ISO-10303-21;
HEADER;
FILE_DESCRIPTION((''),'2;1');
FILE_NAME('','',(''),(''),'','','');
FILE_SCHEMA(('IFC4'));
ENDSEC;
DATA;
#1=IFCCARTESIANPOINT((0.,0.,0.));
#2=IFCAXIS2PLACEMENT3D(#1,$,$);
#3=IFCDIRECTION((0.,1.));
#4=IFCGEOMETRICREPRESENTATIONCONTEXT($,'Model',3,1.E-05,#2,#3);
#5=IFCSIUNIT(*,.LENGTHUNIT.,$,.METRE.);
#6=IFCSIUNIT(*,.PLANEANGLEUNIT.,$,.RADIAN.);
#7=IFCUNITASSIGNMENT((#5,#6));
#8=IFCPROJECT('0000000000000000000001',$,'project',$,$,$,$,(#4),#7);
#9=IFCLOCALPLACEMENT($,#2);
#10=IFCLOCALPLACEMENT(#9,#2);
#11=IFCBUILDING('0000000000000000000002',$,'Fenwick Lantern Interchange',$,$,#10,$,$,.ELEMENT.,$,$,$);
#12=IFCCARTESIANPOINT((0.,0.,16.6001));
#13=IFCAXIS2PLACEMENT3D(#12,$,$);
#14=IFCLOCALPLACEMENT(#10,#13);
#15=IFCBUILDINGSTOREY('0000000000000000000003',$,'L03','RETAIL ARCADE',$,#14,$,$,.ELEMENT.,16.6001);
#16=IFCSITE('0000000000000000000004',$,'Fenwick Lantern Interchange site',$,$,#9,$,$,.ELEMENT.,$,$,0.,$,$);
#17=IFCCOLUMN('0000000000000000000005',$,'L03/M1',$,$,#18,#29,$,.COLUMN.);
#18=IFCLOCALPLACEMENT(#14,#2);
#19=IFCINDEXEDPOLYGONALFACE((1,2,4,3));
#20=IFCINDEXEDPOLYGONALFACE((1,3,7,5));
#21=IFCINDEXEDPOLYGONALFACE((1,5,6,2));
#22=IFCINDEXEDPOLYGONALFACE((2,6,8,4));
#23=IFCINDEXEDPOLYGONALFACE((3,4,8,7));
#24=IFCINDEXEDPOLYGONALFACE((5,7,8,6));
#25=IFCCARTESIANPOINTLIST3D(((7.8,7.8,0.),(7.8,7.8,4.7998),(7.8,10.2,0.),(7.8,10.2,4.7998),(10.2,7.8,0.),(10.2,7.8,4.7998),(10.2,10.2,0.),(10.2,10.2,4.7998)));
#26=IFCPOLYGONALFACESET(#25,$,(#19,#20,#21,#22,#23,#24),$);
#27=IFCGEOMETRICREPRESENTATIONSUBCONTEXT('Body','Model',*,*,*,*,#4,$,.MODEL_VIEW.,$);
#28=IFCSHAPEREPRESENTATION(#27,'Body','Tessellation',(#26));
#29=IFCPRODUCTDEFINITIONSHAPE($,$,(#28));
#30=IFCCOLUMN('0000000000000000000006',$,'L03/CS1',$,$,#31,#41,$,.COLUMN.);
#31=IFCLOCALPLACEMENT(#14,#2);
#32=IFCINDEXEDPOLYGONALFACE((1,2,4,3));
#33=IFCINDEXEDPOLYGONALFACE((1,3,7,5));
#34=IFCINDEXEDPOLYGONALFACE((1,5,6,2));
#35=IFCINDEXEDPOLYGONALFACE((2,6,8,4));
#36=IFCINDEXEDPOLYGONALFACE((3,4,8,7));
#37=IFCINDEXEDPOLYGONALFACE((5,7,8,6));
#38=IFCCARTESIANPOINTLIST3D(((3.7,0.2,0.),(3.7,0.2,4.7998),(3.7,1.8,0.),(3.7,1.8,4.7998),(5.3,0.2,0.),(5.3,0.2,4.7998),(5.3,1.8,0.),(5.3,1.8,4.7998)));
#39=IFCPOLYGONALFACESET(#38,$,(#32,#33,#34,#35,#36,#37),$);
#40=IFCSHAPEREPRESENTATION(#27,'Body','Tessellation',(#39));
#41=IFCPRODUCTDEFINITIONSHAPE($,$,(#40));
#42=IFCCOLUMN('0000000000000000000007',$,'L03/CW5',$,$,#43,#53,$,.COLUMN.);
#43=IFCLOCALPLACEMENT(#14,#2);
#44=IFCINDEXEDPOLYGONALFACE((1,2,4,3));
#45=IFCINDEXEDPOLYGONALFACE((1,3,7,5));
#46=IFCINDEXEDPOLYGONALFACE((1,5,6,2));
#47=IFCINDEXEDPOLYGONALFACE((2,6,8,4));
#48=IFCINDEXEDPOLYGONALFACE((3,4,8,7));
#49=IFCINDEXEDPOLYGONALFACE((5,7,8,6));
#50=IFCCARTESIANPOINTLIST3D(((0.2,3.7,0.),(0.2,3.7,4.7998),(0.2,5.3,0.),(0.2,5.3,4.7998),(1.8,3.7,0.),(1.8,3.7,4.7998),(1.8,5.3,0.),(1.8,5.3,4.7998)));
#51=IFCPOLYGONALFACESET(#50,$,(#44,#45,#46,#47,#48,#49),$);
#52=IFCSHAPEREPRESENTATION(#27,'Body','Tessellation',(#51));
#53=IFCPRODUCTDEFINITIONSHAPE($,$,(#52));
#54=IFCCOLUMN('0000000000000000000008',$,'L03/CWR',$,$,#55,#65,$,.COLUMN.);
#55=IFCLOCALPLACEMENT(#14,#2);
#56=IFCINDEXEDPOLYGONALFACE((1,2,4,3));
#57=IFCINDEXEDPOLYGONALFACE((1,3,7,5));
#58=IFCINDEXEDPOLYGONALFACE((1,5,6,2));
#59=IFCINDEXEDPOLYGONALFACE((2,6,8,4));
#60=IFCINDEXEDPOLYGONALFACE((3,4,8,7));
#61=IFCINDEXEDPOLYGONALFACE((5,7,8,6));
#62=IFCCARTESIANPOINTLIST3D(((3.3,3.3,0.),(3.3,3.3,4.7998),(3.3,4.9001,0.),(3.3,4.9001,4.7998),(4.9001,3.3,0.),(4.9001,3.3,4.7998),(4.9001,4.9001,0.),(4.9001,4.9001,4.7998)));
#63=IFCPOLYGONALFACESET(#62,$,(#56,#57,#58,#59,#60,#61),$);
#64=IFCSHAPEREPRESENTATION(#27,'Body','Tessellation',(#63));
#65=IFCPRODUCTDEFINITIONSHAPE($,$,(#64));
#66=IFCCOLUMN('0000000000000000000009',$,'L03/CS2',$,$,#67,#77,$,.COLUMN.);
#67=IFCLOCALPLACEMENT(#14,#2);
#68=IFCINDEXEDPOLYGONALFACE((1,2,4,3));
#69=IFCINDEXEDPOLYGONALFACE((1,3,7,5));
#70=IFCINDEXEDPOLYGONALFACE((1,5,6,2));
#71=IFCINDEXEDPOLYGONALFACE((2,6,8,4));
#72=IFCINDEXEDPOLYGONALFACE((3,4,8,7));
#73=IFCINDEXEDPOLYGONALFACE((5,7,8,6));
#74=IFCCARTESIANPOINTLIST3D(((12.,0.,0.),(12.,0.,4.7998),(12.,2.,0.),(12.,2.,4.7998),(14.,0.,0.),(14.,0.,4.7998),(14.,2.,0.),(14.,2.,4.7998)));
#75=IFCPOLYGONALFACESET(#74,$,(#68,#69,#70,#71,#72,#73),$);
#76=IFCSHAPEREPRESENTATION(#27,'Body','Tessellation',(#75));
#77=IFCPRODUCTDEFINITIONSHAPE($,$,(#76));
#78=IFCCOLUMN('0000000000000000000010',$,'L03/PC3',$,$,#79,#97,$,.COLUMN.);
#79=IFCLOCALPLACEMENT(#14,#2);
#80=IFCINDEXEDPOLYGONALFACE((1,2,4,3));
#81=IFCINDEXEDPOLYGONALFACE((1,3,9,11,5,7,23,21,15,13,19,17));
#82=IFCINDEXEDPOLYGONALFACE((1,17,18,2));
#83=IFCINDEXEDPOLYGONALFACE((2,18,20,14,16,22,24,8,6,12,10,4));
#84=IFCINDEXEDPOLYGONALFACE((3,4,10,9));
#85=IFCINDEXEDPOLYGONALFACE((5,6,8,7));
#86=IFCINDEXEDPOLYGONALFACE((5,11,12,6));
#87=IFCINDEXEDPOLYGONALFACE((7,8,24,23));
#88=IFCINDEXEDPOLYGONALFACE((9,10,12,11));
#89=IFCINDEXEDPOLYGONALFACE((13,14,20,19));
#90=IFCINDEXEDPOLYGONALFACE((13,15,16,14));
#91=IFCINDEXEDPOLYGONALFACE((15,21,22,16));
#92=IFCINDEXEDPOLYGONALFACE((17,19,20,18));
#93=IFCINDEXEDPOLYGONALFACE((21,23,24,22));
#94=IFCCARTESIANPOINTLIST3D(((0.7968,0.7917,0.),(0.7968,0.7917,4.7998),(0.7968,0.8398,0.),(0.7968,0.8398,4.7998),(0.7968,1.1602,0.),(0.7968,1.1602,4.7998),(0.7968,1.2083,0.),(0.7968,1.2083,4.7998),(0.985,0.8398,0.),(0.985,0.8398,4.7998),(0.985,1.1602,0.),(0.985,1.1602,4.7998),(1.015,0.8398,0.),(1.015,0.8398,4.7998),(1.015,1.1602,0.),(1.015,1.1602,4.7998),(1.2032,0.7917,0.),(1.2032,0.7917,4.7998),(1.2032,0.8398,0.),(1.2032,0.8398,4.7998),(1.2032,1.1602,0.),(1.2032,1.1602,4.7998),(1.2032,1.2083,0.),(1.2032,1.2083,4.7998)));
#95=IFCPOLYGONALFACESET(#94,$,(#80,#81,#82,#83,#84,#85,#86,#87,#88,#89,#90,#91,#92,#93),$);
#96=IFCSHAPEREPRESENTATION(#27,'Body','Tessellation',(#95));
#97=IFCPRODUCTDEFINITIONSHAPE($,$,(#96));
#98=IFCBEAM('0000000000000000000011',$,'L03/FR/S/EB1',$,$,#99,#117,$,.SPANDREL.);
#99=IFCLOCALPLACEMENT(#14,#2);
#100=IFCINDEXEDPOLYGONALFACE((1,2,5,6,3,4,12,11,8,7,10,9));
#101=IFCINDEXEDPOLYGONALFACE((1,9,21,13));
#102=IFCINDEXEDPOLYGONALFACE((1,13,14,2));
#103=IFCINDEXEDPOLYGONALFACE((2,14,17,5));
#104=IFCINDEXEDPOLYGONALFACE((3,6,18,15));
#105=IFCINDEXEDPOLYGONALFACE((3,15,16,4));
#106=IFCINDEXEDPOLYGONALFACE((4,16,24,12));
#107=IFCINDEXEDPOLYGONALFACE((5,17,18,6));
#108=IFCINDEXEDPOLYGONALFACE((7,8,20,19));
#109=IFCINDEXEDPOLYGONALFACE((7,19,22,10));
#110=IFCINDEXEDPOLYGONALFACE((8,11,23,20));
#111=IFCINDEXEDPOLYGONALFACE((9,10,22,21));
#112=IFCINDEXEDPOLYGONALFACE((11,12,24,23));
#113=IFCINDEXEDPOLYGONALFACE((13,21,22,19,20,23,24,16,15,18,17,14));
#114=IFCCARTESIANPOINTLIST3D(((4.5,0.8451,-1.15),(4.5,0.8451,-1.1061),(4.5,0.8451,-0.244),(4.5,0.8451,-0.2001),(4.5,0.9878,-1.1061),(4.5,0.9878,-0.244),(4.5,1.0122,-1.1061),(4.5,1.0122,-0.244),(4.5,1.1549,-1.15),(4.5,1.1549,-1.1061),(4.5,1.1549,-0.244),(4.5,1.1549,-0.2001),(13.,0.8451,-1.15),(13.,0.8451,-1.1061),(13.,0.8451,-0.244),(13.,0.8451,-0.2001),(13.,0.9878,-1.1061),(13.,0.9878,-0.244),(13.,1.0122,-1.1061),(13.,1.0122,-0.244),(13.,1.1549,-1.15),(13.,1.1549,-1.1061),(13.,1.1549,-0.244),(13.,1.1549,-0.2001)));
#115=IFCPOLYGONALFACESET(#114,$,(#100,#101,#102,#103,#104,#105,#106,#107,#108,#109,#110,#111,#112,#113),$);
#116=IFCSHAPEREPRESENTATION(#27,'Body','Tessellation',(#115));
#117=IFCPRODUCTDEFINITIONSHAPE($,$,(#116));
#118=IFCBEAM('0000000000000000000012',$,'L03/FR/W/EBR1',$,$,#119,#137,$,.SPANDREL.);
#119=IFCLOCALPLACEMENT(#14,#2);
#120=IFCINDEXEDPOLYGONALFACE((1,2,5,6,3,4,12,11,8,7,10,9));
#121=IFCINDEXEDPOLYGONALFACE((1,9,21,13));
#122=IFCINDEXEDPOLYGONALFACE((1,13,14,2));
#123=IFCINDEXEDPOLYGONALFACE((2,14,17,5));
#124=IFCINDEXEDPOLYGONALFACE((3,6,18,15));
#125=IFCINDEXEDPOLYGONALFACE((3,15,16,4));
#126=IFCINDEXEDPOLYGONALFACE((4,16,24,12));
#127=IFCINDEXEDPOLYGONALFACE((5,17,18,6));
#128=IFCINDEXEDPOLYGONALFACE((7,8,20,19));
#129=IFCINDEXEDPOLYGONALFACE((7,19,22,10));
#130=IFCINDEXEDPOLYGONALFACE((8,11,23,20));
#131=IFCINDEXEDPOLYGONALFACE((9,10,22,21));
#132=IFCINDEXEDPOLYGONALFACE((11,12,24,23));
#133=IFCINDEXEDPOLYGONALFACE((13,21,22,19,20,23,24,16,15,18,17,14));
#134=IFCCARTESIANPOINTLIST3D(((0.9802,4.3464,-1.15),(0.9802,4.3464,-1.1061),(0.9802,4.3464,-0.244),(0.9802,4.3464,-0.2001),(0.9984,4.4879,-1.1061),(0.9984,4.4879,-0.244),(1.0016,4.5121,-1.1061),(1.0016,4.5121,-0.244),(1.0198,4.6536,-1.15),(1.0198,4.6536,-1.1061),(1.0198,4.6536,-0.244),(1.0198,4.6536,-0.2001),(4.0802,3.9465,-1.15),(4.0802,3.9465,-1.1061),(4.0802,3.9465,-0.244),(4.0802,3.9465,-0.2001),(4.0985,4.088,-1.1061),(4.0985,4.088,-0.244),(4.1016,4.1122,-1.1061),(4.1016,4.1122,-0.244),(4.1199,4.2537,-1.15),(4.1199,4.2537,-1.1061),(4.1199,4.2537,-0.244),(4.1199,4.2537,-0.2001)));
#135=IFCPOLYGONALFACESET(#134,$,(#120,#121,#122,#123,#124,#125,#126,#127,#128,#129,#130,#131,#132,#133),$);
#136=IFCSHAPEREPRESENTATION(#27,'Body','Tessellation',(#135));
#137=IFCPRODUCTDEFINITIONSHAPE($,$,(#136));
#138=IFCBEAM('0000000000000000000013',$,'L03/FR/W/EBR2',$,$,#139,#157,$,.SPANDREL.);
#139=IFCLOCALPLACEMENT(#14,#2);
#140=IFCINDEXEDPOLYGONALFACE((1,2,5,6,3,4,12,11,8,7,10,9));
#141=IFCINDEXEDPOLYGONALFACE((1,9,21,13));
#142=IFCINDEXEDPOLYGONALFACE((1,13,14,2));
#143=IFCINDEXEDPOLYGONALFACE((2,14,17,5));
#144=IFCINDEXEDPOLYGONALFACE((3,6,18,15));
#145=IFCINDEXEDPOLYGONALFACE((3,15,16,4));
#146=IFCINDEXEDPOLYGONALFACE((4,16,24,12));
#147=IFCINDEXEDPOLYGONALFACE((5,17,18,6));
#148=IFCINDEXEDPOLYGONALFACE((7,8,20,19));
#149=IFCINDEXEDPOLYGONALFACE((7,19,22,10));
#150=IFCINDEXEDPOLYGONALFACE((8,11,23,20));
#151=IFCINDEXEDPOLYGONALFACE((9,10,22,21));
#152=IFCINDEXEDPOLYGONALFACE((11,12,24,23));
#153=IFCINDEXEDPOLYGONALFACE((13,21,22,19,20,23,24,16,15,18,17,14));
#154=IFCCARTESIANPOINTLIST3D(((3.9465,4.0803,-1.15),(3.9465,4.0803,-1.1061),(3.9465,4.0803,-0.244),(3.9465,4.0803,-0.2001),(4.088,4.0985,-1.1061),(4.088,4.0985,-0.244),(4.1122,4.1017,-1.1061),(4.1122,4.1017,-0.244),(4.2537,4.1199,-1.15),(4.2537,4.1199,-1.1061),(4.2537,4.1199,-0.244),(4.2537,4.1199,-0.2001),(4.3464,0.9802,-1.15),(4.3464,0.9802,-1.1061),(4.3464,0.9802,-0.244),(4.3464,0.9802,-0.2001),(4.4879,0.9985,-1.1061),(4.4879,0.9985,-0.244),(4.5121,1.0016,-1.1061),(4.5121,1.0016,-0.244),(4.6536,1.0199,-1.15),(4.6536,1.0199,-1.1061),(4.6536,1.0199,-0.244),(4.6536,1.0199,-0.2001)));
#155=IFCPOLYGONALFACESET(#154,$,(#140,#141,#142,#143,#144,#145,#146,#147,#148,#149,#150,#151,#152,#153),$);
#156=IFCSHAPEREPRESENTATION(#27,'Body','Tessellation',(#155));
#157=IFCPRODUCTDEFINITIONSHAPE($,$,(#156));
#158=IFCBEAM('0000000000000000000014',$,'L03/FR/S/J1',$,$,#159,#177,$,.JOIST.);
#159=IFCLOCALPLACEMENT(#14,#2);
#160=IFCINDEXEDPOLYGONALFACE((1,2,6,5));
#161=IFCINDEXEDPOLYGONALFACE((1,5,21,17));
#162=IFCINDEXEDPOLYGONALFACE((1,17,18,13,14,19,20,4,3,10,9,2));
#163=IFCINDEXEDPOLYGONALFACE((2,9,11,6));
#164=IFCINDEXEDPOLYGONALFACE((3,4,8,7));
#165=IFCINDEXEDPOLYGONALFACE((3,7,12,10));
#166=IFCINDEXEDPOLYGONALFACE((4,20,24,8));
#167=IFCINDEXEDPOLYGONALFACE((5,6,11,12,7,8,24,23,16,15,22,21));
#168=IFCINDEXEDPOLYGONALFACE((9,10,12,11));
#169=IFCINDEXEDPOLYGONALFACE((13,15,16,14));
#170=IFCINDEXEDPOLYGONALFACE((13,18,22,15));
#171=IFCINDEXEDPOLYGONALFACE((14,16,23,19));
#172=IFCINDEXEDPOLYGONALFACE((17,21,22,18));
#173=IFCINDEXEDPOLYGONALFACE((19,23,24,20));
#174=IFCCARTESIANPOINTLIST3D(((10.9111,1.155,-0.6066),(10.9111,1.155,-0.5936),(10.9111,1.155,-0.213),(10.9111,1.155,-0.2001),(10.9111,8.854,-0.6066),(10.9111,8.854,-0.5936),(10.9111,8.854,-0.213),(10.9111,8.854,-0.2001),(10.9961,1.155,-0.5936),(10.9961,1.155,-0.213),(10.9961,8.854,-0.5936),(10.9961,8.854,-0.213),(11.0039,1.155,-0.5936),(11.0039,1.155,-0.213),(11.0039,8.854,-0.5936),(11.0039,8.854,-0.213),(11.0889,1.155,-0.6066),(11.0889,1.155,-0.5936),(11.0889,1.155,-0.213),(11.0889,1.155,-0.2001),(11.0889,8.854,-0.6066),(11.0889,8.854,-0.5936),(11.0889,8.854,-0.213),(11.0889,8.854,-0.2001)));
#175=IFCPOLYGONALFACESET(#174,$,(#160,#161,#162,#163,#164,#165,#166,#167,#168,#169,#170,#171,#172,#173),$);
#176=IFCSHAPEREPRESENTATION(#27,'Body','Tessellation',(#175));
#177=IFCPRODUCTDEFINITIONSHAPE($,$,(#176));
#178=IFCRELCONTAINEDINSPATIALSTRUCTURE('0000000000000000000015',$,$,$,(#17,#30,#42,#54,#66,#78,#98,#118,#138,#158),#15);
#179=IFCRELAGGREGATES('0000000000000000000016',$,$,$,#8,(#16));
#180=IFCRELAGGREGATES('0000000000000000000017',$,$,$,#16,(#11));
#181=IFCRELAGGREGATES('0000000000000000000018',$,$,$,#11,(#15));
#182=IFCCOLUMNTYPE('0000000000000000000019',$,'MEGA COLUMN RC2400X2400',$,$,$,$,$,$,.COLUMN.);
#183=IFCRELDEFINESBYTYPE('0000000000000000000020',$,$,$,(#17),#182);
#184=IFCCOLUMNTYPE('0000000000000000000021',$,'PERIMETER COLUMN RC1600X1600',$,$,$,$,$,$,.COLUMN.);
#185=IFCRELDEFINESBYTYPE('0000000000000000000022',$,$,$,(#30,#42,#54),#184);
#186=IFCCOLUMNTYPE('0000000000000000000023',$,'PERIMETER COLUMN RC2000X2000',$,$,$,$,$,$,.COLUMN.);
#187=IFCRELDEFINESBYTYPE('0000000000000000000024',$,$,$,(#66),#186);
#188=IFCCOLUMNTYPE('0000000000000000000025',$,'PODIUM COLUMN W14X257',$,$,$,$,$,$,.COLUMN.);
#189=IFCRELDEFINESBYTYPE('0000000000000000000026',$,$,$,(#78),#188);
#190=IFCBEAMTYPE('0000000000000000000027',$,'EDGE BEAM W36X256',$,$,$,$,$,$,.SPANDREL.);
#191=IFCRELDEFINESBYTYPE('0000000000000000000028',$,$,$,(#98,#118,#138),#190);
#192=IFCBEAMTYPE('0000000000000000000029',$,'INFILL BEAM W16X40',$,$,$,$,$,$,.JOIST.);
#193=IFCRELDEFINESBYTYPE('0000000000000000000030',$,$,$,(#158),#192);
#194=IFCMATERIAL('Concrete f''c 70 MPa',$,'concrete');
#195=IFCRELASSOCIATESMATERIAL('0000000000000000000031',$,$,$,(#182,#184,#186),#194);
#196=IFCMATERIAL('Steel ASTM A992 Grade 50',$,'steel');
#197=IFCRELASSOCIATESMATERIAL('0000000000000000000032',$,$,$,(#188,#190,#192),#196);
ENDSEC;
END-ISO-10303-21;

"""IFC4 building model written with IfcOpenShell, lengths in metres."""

from ifc_helpers import new_model, si_unit, direction, frame, origin, origin_2d, place, context, subcontext, project, spatial, rectangle, i_section, extrude, material, material_profile, profile_set, type_object, element, save


model = new_model("IFC4")

# Units and contexts
model_context = context("Model", 3, precision=1e-05, world=origin(), true_north=direction((0.0, 1.0)))
body_context = subcontext(model_context, "Body", "Model", "MODEL_VIEW")
ifc_project = project(units=[si_unit("LENGTHUNIT", "METRE"), si_unit("PLANEANGLEUNIT", "RADIAN")], contexts=[model_context])

# Site, building, storey
site_placement = place(None, origin())
site = spatial("IfcSite", under=ifc_project, at=site_placement, Name="Fenwick Lantern Interchange site", CompositionType="ELEMENT", RefElevation=0.0)
building_placement = place(site_placement, origin())
building = spatial("IfcBuilding", under=site, at=building_placement, Name="Fenwick Lantern Interchange", CompositionType="ELEMENT")
storey_placement = place(building_placement, frame((0.0, 0.0, 16.6001)))
storey = spatial("IfcBuildingStorey", under=building, at=storey_placement, Name="L03", Description="RETAIL ARCADE", CompositionType="ELEMENT", Elevation=16.6001)

# Columns
ifc_material_1 = material(Name="Concrete f'c 70 MPa", Category="concrete")
ifc_material_profile_1 = material_profile(ifc_material_1, rectangle(XDim=2.3999, YDim=2.3999, at=origin_2d()), Name="RC2400X2400")
ifc_profile_set_1 = profile_set([ifc_material_profile_1], Name="Concrete f'c 70 MPa")
column_type_1 = type_object("IfcColumnType", Name="MEGA COLUMN RC2400X2400", PredefinedType="COLUMN", material=ifc_profile_set_1)
column_1_placement = place(storey_placement, frame((9.0, 9.0, 0.0), z_axis=(0.0, 0.0, 1.0), x_axis=(1.0, 0.0, 0.0)))
element("IfcColumn", 1, at=column_1_placement, inside=storey, type_object=column_type_1, Name="L03/M1", PredefinedType="COLUMN", context=body_context, shape_type="SweptSolid", body=[
    extrude(rectangle(XDim=2.3999, YDim=2.3999, at=origin_2d()), origin(), (0.0, 0.0, 1.0), 4.7998),
])
ifc_material_profile_2 = material_profile(ifc_material_1, rectangle(XDim=1.6001, YDim=1.6001, at=origin_2d()), Name="RC1600X1600")
ifc_profile_set_2 = profile_set([ifc_material_profile_2], Name="Concrete f'c 70 MPa")
column_type_2 = type_object("IfcColumnType", Name="PERIMETER COLUMN RC1600X1600", PredefinedType="COLUMN", material=ifc_profile_set_2)
for number, where, z_axis, x_axis, name in (
    (2, (4.5, 1.0, 0.0), (0.0, 0.0, 1.0), (1.0, 0.0, 0.0), "L03/CS1"),
    (3, (1.0, 4.5, 0.0), (0.0, 0.0, 1.0), (1.0, 0.0, 0.0), "L03/CW5"),
    (4, (4.1001, 4.1001, 0.0), (0.0, 0.0, 1.0), (1.0, 0.0, 0.0), "L03/CWR"),
):
    element("IfcColumn", number, at=place(storey_placement, frame(where, z_axis=z_axis, x_axis=x_axis)), inside=storey, type_object=column_type_2, Name=name, PredefinedType="COLUMN", context=body_context, shape_type="SweptSolid", body=[
        extrude(rectangle(XDim=1.6001, YDim=1.6001, at=origin_2d()), origin(), (0.0, 0.0, 1.0), 4.7998),
    ])
ifc_material_profile_3 = material_profile(ifc_material_1, rectangle(XDim=2.0, YDim=2.0, at=origin_2d()), Name="RC2000X2000")
ifc_profile_set_3 = profile_set([ifc_material_profile_3], Name="Concrete f'c 70 MPa")
column_type_3 = type_object("IfcColumnType", Name="PERIMETER COLUMN RC2000X2000", PredefinedType="COLUMN", material=ifc_profile_set_3)
column_2_placement = place(storey_placement, frame((13.0, 1.0, 0.0), z_axis=(0.0, 0.0, 1.0), x_axis=(1.0, 0.0, 0.0)))
element("IfcColumn", 5, at=column_2_placement, inside=storey, type_object=column_type_3, Name="L03/CS2", PredefinedType="COLUMN", context=body_context, shape_type="SweptSolid", body=[
    extrude(rectangle(XDim=2.0, YDim=2.0, at=origin_2d()), origin(), (0.0, 0.0, 1.0), 4.7998),
])
ifc_material_2 = material(Name="Steel ASTM A992 Grade 50", Category="steel")
ifc_material_profile_4 = material_profile(ifc_material_2, i_section(OverallWidth=0.4065, OverallDepth=0.4165, WebThickness=0.03, FlangeThickness=0.0481, at=origin_2d()), Name="W14X257")
ifc_profile_set_4 = profile_set([ifc_material_profile_4], Name="Steel ASTM A992 Grade 50")
column_type_4 = type_object("IfcColumnType", Name="PODIUM COLUMN W14X257", PredefinedType="COLUMN", material=ifc_profile_set_4)
column_3_placement = place(storey_placement, frame((1.0, 1.0, 0.0), z_axis=(0.0, 0.0, 1.0), x_axis=(1.0, 0.0, 0.0)))
element("IfcColumn", 6, at=column_3_placement, inside=storey, type_object=column_type_4, Name="L03/PC3", PredefinedType="COLUMN", context=body_context, shape_type="SweptSolid", body=[
    extrude(i_section(OverallWidth=0.4065, OverallDepth=0.4165, WebThickness=0.03, FlangeThickness=0.0481, at=origin_2d()), origin(), (0.0, 0.0, 1.0), 4.7998),
])

# Beams
ifc_material_profile_5 = material_profile(ifc_material_2, i_section(OverallWidth=0.3098, OverallDepth=0.95, WebThickness=0.0244, FlangeThickness=0.0439, at=origin_2d()), Name="W36X256")
ifc_profile_set_5 = profile_set([ifc_material_profile_5], Name="Steel ASTM A992 Grade 50")
beam_type_1 = type_object("IfcBeamType", Name="EDGE BEAM W36X256", PredefinedType="SPANDREL", material=ifc_profile_set_5)
beam_1_placement = place(storey_placement, frame((4.5, 1.0, -0.675), z_axis=(1.0, 0.0, 0.0), x_axis=(0.0, 1.0, 0.0)))
element("IfcBeam", 7, at=beam_1_placement, inside=storey, type_object=beam_type_1, Name="L03/FR/S/EB1", PredefinedType="SPANDREL", context=body_context, shape_type="SweptSolid", body=[
    extrude(i_section(OverallWidth=0.3098, OverallDepth=0.95, WebThickness=0.0244, FlangeThickness=0.0439, at=origin_2d()), origin(), (0.0, 0.0, 1.0), 8.5),
])
for number, where, z_axis, x_axis, name in (
    (8, (1.0, 4.5, -0.675), (0.991782, -0.127937, 0.0), (0.127937, 0.991782, 0.0), "L03/FR/W/EBR1"),
    (9, (4.1001, 4.1001, -0.675), (0.127937, -0.991782, 0.0), (0.991782, 0.127937, 0.0), "L03/FR/W/EBR2"),
):
    element("IfcBeam", number, at=place(storey_placement, frame(where, z_axis=z_axis, x_axis=x_axis)), inside=storey, type_object=beam_type_1, Name=name, PredefinedType="SPANDREL", context=body_context, shape_type="SweptSolid", body=[
        extrude(i_section(OverallWidth=0.3098, OverallDepth=0.95, WebThickness=0.0244, FlangeThickness=0.0439, at=origin_2d()), origin(), (0.0, 0.0, 1.0), 3.1257),
    ])
ifc_material_profile_6 = material_profile(ifc_material_2, i_section(OverallWidth=0.1777, OverallDepth=0.4065, WebThickness=0.0078, FlangeThickness=0.0129, at=origin_2d()), Name="W16X40")
ifc_profile_set_6 = profile_set([ifc_material_profile_6], Name="Steel ASTM A992 Grade 50")
beam_type_2 = type_object("IfcBeamType", Name="INFILL BEAM W16X40", PredefinedType="JOIST", material=ifc_profile_set_6)
beam_2_placement = place(storey_placement, frame((11.0, 1.155, -0.4033), z_axis=(0.0, 1.0, 0.0), x_axis=(-1.0, 0.0, 0.0)))
element("IfcBeam", 10, at=beam_2_placement, inside=storey, type_object=beam_type_2, Name="L03/FR/S/J1", PredefinedType="JOIST", context=body_context, shape_type="SweptSolid", body=[
    extrude(i_section(OverallWidth=0.1777, OverallDepth=0.4065, WebThickness=0.0078, FlangeThickness=0.0129, at=origin_2d()), origin(), (0.0, 0.0, 1.0), 7.699),
])

save(model, "model.ifc")
